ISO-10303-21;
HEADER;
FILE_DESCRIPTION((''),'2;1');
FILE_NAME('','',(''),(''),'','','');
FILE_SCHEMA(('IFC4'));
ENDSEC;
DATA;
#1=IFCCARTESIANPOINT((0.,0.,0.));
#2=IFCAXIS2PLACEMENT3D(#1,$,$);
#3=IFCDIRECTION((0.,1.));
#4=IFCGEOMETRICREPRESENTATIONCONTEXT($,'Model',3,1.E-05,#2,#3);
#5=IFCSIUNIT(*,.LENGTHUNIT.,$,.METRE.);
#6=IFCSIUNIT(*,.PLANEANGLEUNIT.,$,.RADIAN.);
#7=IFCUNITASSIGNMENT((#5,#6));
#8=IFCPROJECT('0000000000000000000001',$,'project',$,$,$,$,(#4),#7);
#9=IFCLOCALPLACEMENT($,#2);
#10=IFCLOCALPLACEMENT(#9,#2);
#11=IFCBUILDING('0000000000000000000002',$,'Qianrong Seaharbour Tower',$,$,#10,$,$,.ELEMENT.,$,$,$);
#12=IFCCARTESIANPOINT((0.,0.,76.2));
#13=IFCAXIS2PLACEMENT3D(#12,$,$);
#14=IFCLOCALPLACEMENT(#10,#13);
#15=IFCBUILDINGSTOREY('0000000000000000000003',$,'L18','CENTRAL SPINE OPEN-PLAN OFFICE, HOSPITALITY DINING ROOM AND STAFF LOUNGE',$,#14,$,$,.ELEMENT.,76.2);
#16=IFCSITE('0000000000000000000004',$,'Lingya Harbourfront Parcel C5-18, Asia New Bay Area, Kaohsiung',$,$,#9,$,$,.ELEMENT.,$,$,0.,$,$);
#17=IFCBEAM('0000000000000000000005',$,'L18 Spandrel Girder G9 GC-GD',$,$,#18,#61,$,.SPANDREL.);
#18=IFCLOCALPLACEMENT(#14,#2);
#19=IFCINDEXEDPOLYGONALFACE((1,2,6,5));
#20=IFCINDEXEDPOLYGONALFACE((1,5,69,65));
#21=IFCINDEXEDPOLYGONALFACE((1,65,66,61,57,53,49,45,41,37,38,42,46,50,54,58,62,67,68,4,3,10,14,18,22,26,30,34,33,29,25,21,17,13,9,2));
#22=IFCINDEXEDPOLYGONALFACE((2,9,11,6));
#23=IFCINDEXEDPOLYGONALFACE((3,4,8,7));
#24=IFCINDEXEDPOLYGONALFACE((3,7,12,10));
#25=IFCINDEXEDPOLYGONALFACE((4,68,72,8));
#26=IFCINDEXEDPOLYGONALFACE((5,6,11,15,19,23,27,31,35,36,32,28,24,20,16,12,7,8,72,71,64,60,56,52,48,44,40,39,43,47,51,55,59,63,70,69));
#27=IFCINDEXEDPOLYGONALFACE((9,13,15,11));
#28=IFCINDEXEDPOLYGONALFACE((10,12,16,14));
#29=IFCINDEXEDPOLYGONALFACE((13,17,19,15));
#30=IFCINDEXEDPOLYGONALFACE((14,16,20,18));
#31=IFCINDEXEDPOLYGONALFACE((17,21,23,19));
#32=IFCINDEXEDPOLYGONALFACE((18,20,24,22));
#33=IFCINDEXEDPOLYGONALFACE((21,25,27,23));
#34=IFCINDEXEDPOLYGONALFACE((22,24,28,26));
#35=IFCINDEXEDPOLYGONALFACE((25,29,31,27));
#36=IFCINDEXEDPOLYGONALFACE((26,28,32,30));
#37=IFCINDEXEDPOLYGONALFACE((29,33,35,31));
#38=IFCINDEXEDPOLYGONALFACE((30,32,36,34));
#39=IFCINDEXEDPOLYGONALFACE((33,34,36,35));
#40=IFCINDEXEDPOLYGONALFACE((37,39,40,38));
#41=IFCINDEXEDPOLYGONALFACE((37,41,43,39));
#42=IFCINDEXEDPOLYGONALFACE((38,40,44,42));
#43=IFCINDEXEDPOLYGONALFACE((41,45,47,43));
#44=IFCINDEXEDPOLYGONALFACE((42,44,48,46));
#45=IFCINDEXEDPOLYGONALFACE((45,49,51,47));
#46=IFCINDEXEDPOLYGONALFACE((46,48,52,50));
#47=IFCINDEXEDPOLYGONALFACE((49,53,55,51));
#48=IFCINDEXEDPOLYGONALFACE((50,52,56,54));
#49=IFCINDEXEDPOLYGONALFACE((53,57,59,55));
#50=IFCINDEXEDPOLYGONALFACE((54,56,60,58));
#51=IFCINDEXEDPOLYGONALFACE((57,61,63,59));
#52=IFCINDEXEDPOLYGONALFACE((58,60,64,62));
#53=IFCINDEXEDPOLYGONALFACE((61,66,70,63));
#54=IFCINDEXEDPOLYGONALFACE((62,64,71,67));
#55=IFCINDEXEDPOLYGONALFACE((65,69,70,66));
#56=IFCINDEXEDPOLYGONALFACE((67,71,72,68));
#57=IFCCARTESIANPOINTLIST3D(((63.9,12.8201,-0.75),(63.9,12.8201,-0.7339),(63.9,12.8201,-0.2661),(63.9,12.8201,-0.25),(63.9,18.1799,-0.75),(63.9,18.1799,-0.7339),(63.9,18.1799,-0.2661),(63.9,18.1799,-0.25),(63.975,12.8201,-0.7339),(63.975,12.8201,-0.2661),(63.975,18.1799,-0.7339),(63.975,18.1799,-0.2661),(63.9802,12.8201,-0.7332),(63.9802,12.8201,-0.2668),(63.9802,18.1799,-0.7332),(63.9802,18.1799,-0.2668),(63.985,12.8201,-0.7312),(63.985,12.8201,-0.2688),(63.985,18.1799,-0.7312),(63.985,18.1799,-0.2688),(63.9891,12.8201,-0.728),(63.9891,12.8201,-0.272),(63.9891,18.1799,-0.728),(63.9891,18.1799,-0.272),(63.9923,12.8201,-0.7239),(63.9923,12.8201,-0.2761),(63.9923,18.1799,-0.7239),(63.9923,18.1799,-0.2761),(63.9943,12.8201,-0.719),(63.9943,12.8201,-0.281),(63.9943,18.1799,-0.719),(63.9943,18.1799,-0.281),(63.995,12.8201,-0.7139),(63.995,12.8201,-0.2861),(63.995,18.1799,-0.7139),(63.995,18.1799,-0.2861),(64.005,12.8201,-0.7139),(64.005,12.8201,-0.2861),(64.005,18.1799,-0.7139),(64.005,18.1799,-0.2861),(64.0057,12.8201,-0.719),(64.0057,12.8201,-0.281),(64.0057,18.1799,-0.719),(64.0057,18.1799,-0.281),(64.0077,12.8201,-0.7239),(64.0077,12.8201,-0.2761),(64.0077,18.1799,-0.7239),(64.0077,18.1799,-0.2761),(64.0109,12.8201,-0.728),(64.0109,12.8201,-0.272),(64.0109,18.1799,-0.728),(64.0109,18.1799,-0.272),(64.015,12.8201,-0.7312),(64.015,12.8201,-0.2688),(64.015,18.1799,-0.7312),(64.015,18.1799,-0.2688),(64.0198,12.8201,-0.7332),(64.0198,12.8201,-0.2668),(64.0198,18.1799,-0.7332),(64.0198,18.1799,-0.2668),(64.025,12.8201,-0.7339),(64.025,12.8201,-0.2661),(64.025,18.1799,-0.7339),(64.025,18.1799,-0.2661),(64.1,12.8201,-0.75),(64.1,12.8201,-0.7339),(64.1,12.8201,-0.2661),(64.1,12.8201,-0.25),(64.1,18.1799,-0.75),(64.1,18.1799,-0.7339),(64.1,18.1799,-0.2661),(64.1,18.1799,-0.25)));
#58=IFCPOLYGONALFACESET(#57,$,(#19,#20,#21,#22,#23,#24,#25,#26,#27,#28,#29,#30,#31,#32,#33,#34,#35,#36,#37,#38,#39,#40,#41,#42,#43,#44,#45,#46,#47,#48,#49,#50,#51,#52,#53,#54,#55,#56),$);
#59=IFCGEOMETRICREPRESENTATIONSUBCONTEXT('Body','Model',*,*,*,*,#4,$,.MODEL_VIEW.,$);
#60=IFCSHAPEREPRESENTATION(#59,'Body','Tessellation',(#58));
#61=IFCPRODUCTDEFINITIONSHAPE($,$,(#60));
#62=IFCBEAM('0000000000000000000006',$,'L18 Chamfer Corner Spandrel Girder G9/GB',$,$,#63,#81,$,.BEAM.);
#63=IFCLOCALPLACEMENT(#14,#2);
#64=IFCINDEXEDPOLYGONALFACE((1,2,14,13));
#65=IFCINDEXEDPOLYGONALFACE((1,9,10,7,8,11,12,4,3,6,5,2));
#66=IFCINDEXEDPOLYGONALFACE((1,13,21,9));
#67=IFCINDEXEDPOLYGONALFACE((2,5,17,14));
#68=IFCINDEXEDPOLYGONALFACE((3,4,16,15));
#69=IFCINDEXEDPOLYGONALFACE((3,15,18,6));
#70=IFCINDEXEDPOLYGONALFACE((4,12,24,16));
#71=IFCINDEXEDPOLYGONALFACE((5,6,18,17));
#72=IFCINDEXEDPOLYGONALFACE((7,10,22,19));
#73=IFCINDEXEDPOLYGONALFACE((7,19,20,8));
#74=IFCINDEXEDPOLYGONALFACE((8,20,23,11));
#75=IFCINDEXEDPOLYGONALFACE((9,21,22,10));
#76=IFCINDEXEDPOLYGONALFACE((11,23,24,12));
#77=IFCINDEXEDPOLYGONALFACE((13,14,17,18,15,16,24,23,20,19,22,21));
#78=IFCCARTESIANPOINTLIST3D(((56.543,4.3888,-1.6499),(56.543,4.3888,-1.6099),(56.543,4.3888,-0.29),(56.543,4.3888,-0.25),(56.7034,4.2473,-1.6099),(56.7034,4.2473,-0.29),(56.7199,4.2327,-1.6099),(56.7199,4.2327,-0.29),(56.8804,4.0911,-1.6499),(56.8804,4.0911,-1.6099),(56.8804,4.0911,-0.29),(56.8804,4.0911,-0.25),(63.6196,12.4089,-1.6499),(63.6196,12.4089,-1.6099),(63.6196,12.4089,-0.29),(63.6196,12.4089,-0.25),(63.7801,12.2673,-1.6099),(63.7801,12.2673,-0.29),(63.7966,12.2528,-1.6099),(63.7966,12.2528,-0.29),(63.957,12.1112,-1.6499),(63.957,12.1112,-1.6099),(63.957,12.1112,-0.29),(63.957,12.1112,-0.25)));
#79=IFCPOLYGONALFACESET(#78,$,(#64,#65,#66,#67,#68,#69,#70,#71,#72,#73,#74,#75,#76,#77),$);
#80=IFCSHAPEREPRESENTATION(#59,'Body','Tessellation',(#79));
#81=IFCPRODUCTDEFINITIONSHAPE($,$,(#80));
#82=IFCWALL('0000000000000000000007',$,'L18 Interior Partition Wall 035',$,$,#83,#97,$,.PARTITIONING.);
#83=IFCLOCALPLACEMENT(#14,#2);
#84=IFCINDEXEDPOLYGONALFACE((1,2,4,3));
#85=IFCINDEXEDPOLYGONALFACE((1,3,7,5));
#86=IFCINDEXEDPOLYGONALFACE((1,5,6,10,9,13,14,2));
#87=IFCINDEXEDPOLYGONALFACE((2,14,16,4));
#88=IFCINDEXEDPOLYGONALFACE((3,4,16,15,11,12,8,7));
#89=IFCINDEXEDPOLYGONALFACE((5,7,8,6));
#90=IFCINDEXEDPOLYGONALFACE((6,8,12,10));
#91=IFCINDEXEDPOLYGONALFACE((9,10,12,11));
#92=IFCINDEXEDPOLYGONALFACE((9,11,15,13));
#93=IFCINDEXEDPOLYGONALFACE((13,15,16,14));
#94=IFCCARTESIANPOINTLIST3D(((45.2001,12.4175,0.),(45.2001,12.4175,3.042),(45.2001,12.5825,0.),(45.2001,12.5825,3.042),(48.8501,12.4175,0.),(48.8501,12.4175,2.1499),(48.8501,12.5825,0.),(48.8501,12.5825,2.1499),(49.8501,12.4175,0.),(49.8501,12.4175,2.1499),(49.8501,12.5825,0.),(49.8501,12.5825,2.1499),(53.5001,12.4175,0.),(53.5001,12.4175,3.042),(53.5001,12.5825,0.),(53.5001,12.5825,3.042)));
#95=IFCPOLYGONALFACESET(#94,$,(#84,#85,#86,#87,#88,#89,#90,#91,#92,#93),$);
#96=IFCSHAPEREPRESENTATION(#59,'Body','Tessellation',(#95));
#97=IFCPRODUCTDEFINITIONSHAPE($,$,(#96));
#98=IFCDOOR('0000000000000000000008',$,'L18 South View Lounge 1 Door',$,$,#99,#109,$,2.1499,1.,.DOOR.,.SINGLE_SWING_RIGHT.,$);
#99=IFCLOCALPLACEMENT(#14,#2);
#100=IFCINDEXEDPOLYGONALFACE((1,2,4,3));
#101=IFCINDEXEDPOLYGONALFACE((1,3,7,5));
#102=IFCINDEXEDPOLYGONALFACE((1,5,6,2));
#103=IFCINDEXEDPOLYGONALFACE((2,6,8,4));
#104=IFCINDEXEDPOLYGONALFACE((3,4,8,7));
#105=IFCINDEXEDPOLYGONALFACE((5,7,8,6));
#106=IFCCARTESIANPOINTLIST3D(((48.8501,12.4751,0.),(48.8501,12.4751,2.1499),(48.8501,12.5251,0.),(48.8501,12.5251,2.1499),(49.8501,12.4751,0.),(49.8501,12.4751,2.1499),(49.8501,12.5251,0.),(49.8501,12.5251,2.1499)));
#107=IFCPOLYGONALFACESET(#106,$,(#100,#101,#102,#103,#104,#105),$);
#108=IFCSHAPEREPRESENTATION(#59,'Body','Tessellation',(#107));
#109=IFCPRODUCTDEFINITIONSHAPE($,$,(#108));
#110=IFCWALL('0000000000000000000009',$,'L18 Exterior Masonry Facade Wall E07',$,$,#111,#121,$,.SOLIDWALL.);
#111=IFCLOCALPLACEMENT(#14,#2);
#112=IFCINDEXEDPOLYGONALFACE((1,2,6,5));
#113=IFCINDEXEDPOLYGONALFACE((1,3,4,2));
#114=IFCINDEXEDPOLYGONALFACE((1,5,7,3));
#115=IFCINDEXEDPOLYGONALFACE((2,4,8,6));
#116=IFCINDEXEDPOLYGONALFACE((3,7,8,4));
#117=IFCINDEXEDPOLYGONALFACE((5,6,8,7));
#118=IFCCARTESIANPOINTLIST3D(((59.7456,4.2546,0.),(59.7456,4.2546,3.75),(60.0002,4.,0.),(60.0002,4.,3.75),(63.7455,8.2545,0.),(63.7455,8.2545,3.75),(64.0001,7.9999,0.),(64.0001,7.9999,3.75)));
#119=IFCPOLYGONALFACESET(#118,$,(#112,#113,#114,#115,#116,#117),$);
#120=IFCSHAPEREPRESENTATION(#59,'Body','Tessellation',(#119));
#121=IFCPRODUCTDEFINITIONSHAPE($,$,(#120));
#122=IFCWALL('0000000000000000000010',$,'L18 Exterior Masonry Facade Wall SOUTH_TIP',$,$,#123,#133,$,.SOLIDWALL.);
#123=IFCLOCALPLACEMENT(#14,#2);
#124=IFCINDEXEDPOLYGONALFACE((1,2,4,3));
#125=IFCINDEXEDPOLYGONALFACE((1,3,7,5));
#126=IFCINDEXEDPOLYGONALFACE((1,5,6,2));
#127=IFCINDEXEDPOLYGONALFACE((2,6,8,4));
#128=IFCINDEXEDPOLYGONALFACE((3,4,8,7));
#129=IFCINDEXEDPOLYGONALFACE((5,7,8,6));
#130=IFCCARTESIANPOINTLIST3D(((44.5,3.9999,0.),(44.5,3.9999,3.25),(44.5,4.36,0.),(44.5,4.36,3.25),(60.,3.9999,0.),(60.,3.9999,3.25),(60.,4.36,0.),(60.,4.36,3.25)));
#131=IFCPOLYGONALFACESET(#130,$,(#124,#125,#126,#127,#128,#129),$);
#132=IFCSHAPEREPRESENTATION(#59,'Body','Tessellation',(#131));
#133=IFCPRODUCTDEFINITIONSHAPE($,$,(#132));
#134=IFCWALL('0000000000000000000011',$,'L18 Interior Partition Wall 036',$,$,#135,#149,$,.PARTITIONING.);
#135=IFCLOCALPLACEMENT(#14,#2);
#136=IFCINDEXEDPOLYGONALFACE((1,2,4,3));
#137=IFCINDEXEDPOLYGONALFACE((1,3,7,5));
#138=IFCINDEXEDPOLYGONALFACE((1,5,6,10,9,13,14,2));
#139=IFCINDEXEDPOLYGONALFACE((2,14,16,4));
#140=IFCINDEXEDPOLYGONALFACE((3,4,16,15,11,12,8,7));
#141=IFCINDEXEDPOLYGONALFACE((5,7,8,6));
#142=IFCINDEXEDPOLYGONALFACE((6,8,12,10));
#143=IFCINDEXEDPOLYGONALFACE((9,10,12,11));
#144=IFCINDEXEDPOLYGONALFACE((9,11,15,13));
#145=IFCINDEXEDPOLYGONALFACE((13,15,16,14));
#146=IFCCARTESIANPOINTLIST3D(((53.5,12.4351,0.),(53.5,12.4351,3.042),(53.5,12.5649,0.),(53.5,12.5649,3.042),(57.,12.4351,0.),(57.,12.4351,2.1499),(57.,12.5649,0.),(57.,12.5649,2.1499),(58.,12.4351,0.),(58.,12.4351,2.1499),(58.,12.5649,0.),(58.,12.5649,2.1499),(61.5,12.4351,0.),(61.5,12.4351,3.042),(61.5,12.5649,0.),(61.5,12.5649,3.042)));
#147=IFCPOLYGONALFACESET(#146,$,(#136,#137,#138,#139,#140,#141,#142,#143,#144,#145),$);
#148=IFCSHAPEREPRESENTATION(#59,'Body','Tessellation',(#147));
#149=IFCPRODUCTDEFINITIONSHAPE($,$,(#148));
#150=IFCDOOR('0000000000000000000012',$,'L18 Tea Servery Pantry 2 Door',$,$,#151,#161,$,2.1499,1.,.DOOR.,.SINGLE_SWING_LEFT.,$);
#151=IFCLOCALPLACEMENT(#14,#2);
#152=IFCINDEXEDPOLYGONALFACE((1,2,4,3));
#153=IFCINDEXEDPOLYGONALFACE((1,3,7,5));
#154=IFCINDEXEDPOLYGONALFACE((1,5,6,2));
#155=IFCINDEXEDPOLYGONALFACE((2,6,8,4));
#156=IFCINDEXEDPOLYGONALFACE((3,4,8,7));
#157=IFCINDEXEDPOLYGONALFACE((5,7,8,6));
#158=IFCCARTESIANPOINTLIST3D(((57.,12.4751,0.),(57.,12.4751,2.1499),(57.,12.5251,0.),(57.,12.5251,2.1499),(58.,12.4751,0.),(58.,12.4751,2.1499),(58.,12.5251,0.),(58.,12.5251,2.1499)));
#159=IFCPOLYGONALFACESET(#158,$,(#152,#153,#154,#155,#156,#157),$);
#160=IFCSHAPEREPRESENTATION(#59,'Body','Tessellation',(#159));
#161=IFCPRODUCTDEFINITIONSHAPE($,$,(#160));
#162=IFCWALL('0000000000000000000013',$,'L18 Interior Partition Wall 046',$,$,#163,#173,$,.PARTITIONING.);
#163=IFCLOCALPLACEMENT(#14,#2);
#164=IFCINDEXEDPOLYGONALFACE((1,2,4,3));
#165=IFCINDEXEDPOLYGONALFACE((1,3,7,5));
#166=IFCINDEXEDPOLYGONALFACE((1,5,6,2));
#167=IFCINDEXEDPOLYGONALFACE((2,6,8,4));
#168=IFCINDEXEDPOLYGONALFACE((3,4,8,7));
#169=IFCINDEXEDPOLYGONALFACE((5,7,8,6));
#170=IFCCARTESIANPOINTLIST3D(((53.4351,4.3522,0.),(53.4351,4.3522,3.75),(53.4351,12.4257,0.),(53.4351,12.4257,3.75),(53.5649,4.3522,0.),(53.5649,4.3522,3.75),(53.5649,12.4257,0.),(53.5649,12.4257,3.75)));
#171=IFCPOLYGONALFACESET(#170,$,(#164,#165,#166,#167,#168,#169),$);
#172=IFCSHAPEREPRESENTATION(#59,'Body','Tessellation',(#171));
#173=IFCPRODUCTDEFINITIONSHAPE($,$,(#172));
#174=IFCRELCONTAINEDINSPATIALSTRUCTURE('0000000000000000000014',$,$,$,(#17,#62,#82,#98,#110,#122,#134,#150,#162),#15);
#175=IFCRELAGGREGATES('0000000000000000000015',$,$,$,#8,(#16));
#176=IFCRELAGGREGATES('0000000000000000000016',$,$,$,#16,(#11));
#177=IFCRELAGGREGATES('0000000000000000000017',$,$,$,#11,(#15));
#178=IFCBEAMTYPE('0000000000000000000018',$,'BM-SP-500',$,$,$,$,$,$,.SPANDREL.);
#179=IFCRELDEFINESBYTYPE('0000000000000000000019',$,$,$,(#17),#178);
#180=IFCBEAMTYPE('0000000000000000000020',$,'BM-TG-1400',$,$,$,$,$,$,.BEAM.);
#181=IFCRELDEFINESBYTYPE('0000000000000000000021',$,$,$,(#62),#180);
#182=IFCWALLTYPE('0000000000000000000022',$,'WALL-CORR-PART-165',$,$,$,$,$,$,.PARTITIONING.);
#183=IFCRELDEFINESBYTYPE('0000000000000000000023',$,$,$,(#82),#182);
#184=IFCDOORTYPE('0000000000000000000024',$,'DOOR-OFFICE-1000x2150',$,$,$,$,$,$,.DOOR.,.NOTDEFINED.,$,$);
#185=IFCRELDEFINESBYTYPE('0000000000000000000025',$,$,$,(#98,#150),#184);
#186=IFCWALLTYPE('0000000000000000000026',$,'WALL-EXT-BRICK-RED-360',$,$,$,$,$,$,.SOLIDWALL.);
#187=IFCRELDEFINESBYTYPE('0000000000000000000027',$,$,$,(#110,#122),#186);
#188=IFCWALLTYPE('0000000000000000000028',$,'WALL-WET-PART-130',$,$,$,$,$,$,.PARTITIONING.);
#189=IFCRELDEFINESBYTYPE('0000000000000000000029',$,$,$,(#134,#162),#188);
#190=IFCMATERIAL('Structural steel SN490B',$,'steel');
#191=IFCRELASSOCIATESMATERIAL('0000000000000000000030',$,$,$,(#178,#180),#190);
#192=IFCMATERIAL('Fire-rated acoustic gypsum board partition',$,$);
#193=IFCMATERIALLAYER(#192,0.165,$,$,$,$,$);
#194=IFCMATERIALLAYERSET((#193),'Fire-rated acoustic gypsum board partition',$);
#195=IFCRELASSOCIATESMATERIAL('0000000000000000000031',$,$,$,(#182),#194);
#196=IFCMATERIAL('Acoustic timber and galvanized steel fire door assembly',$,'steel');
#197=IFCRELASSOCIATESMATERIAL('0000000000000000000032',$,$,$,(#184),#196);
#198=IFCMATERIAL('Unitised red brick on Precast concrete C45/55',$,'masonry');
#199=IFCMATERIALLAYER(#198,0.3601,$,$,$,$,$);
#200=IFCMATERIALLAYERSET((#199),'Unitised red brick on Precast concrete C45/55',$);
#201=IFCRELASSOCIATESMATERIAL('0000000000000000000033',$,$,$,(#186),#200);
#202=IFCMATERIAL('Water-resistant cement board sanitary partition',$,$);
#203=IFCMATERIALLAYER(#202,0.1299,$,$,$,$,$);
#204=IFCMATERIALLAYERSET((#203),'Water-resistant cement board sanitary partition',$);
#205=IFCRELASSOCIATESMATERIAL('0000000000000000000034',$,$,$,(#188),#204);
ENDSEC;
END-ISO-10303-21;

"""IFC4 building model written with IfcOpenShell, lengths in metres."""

from ifc_helpers import new_model, si_unit, direction, frame, frame_2d, origin, origin_2d, place, context, subcontext, project, spatial, rectangle, i_section, extrude, material, layer, layer_set, material_profile, profile_set, type_object, element, fill, save


model = new_model("IFC4")

# Units and contexts
model_context = context("Model", 3, precision=1e-05, world=origin(), true_north=direction((0.0, 1.0)))
body_context = subcontext(model_context, "Body", "Model", "MODEL_VIEW")
ifc_project = project(units=[si_unit("LENGTHUNIT", "METRE"), si_unit("PLANEANGLEUNIT", "RADIAN")], contexts=[model_context])

# Site, building, storey
site_placement = place(None, origin())
site = spatial("IfcSite", under=ifc_project, at=site_placement, Name="Lingya Harbourfront Parcel C5-18, Asia New Bay Area, Kaohsiung", CompositionType="ELEMENT", RefElevation=0.0)
building_placement = place(site_placement, origin())
building = spatial("IfcBuilding", under=site, at=building_placement, Name="Qianrong Seaharbour Tower", CompositionType="ELEMENT")
storey_placement = place(building_placement, frame((0.0, 0.0, 76.2)))
storey = spatial("IfcBuildingStorey", under=building, at=storey_placement, Name="L18", Description="CENTRAL SPINE OPEN-PLAN OFFICE, HOSPITALITY DINING ROOM AND STAFF LOUNGE", CompositionType="ELEMENT", Elevation=76.2)

# Shared definitions
ifc_material_1 = material(Name="Structural steel SN490B", Category="steel")

# Beams
ifc_material_profile_1 = material_profile(ifc_material_1, i_section(OverallWidth=0.2, OverallDepth=0.5, WebThickness=0.01, FlangeThickness=0.0161, FilletRadius=0.02, at=origin_2d()), Name="H500x200x10x16")
ifc_profile_set_1 = profile_set([ifc_material_profile_1], Name="Structural steel SN490B")
beam_type_1 = type_object("IfcBeamType", Name="BM-SP-500", PredefinedType="SPANDREL", material=ifc_profile_set_1)
beam_1_placement = place(storey_placement, frame((64.0, 12.8201, -0.5), z_axis=(0.0, 1.0, 0.0), x_axis=(-1.0, 0.0, 0.0)))
element("IfcBeam", 1, at=beam_1_placement, inside=storey, type_object=beam_type_1, Name="L18 Spandrel Girder G9 GC-GD", PredefinedType="SPANDREL", context=body_context, shape_type="SweptSolid", body=[
    extrude(i_section(OverallWidth=0.2, OverallDepth=0.5, WebThickness=0.01, FlangeThickness=0.0161, FilletRadius=0.02, at=origin_2d()), origin(), (0.0, 0.0, 1.0), 5.3599),
])
ifc_material_profile_2 = material_profile(ifc_material_1, i_section(OverallWidth=0.45, OverallDepth=1.3999, WebThickness=0.022, FlangeThickness=0.04, at=origin_2d()), Name="BH1400x450x22x40")
ifc_profile_set_2 = profile_set([ifc_material_profile_2], Name="Structural steel SN490B")
beam_type_2 = type_object("IfcBeamType", Name="BM-TG-1400", PredefinedType="BEAM", material=ifc_profile_set_2)
beam_2_placement = place(storey_placement, frame((56.7117, 4.24, -0.95), z_axis=(0.661631, 0.74983, 0.0), x_axis=(-0.74983, 0.661631, 0.0)))
element("IfcBeam", 2, at=beam_2_placement, inside=storey, type_object=beam_type_2, Name="L18 Chamfer Corner Spandrel Girder G9/GB", PredefinedType="BEAM", context=body_context, shape_type="SweptSolid", body=[
    extrude(i_section(OverallWidth=0.45, OverallDepth=1.3999, WebThickness=0.022, FlangeThickness=0.04, at=origin_2d()), origin(), (0.0, 0.0, 1.0), 10.6958),
])

# Wall, opening, door
ifc_material_2 = material(Name="Fire-rated acoustic gypsum board partition")
ifc_layer_1 = layer(ifc_material_2, 0.165)
ifc_layer_set_1 = layer_set([ifc_layer_1], Name="Fire-rated acoustic gypsum board partition")
wall_type_1 = type_object("IfcWallType", Name="WALL-CORR-PART-165", PredefinedType="PARTITIONING", material=ifc_layer_set_1)
ifc_material_3 = material(Name="Acoustic timber and galvanized steel fire door assembly", Category="steel")
door_type = type_object("IfcDoorType", Name="DOOR-OFFICE-1000x2150", OperationType="NOTDEFINED", PredefinedType="DOOR", material=ifc_material_3)
wall_1_placement = place(storey_placement, frame((53.5, 12.5, 0.0), z_axis=(0.0, 0.0, 1.0), x_axis=(-1.0, 0.0, 0.0)))
wall_1 = element("IfcWall", 3, at=wall_1_placement, inside=storey, type_object=wall_type_1, Name="L18 Interior Partition Wall 035", PredefinedType="PARTITIONING", context=body_context, shape_type="SweptSolid", body=[
    extrude(rectangle(XDim=8.3, YDim=0.165, at=frame_2d((4.1499, 0.0))), origin(), (0.0, 0.0, 1.0), 3.042),
])
opening_1_placement = place(wall_1_placement, frame((3.6499, 0.0, 0.0)))
opening_1 = element("IfcOpeningElement", 4, at=opening_1_placement, cuts=wall_1, PredefinedType="OPENING", context=body_context, shape_type="SweptSolid", body=[
    extrude(rectangle(XDim=1.0, YDim=2.1499, at=frame_2d((0.5, 1.075))), frame((0.0, 0.0925, 0.0), z_axis=(0.0, -1.0, 0.0), x_axis=(1.0, 0.0, 0.0)), (0.0, 0.0, 1.0), 0.1851),
])
door_1_placement = place(opening_1_placement, origin())
door_1 = element("IfcDoor", 5, at=door_1_placement, inside=storey, type_object=door_type, Name="L18 South View Lounge 1 Door", OperationType="SINGLE_SWING_RIGHT", OverallHeight=2.1499, OverallWidth=1.0, PredefinedType="DOOR", context=body_context, shape_type="SweptSolid", body=[
    extrude(rectangle(XDim=1.0, YDim=2.1499, at=frame_2d((0.5, 1.075))), frame((0.0, 0.0249, 0.0), z_axis=(0.0, -1.0, 0.0), x_axis=(1.0, 0.0, 0.0)), (0.0, 0.0, 1.0), 0.05),
])
fill(opening_1, door_1)

# Walls
ifc_material_4 = material(Name="Unitised red brick on Precast concrete C45/55", Category="masonry")
ifc_layer_2 = layer(ifc_material_4, 0.3601)
ifc_layer_set_2 = layer_set([ifc_layer_2], Name="Unitised red brick on Precast concrete C45/55")
wall_type_2 = type_object("IfcWallType", Name="WALL-EXT-BRICK-RED-360", PredefinedType="SOLIDWALL", material=ifc_layer_set_2)
wall_2_placement = place(storey_placement, frame((63.8728, 8.1272, 0.0), z_axis=(0.0, 0.0, 1.0), x_axis=(-0.707107, -0.707107, 0.0)))
element("IfcWall", 6, at=wall_2_placement, inside=storey, type_object=wall_type_2, Name="L18 Exterior Masonry Facade Wall E07", PredefinedType="SOLIDWALL", context=body_context, shape_type="SweptSolid", body=[
    extrude(rectangle(XDim=5.6567, YDim=0.3601, at=frame_2d((2.8284, 0.0))), origin(), (0.0, 0.0, 1.0), 3.75),
])
wall_3_placement = place(storey_placement, frame((60.0, 4.1799, 0.0), z_axis=(0.0, 0.0, 1.0), x_axis=(-1.0, 0.0, 0.0)))
element("IfcWall", 7, at=wall_3_placement, inside=storey, type_object=wall_type_2, Name="L18 Exterior Masonry Facade Wall SOUTH_TIP", PredefinedType="SOLIDWALL", context=body_context, shape_type="SweptSolid", body=[
    extrude(rectangle(XDim=15.5, YDim=0.3601, at=frame_2d((7.75, 0.0))), origin(), (0.0, 0.0, 1.0), 3.25),
])

# Wall, opening, door
ifc_material_5 = material(Name="Water-resistant cement board sanitary partition")
ifc_layer_3 = layer(ifc_material_5, 0.1299)
ifc_layer_set_3 = layer_set([ifc_layer_3], Name="Water-resistant cement board sanitary partition")
wall_type_3 = type_object("IfcWallType", Name="WALL-WET-PART-130", PredefinedType="PARTITIONING", material=ifc_layer_set_3)
wall_4_placement = place(storey_placement, frame((61.5, 12.5, 0.0), z_axis=(0.0, 0.0, 1.0), x_axis=(-1.0, 0.0, 0.0)))
wall_4 = element("IfcWall", 8, at=wall_4_placement, inside=storey, type_object=wall_type_3, Name="L18 Interior Partition Wall 036", PredefinedType="PARTITIONING", context=body_context, shape_type="SweptSolid", body=[
    extrude(rectangle(XDim=8.0, YDim=0.1299, at=frame_2d((4.0, 0.0))), origin(), (0.0, 0.0, 1.0), 3.042),
])
opening_2_placement = place(wall_4_placement, frame((3.5, 0.0, 0.0)))
opening_2 = element("IfcOpeningElement", 9, at=opening_2_placement, cuts=wall_4, PredefinedType="OPENING", context=body_context, shape_type="SweptSolid", body=[
    extrude(rectangle(XDim=1.0, YDim=2.1499, at=frame_2d((0.5, 1.075))), frame((0.0, 0.075, 0.0), z_axis=(0.0, -1.0, 0.0), x_axis=(1.0, 0.0, 0.0)), (0.0, 0.0, 1.0), 0.1499),
])
door_2_placement = place(opening_2_placement, origin())
door_2 = element("IfcDoor", 10, at=door_2_placement, inside=storey, type_object=door_type, Name="L18 Tea Servery Pantry 2 Door", OperationType="SINGLE_SWING_LEFT", OverallHeight=2.1499, OverallWidth=1.0, PredefinedType="DOOR", context=body_context, shape_type="SweptSolid", body=[
    extrude(rectangle(XDim=1.0, YDim=2.1499, at=frame_2d((0.5, 1.075))), frame((0.0, 0.0249, 0.0), z_axis=(0.0, -1.0, 0.0), x_axis=(1.0, 0.0, 0.0)), (0.0, 0.0, 1.0), 0.05),
])
fill(opening_2, door_2)

# Wall
wall_5_placement = place(storey_placement, frame((53.5, 12.4255, 0.0), z_axis=(0.0, 0.0, 1.0), x_axis=(0.0, -1.0, 0.0)))
element("IfcWall", 11, at=wall_5_placement, inside=storey, type_object=wall_type_3, Name="L18 Interior Partition Wall 046", PredefinedType="PARTITIONING", context=body_context, shape_type="SweptSolid", body=[
    extrude(rectangle(XDim=8.0735, YDim=0.1299, at=frame_2d((4.0366, 0.0))), origin(), (0.0, 0.0, 1.0), 3.75),
])

save(model, "model.ifc")
